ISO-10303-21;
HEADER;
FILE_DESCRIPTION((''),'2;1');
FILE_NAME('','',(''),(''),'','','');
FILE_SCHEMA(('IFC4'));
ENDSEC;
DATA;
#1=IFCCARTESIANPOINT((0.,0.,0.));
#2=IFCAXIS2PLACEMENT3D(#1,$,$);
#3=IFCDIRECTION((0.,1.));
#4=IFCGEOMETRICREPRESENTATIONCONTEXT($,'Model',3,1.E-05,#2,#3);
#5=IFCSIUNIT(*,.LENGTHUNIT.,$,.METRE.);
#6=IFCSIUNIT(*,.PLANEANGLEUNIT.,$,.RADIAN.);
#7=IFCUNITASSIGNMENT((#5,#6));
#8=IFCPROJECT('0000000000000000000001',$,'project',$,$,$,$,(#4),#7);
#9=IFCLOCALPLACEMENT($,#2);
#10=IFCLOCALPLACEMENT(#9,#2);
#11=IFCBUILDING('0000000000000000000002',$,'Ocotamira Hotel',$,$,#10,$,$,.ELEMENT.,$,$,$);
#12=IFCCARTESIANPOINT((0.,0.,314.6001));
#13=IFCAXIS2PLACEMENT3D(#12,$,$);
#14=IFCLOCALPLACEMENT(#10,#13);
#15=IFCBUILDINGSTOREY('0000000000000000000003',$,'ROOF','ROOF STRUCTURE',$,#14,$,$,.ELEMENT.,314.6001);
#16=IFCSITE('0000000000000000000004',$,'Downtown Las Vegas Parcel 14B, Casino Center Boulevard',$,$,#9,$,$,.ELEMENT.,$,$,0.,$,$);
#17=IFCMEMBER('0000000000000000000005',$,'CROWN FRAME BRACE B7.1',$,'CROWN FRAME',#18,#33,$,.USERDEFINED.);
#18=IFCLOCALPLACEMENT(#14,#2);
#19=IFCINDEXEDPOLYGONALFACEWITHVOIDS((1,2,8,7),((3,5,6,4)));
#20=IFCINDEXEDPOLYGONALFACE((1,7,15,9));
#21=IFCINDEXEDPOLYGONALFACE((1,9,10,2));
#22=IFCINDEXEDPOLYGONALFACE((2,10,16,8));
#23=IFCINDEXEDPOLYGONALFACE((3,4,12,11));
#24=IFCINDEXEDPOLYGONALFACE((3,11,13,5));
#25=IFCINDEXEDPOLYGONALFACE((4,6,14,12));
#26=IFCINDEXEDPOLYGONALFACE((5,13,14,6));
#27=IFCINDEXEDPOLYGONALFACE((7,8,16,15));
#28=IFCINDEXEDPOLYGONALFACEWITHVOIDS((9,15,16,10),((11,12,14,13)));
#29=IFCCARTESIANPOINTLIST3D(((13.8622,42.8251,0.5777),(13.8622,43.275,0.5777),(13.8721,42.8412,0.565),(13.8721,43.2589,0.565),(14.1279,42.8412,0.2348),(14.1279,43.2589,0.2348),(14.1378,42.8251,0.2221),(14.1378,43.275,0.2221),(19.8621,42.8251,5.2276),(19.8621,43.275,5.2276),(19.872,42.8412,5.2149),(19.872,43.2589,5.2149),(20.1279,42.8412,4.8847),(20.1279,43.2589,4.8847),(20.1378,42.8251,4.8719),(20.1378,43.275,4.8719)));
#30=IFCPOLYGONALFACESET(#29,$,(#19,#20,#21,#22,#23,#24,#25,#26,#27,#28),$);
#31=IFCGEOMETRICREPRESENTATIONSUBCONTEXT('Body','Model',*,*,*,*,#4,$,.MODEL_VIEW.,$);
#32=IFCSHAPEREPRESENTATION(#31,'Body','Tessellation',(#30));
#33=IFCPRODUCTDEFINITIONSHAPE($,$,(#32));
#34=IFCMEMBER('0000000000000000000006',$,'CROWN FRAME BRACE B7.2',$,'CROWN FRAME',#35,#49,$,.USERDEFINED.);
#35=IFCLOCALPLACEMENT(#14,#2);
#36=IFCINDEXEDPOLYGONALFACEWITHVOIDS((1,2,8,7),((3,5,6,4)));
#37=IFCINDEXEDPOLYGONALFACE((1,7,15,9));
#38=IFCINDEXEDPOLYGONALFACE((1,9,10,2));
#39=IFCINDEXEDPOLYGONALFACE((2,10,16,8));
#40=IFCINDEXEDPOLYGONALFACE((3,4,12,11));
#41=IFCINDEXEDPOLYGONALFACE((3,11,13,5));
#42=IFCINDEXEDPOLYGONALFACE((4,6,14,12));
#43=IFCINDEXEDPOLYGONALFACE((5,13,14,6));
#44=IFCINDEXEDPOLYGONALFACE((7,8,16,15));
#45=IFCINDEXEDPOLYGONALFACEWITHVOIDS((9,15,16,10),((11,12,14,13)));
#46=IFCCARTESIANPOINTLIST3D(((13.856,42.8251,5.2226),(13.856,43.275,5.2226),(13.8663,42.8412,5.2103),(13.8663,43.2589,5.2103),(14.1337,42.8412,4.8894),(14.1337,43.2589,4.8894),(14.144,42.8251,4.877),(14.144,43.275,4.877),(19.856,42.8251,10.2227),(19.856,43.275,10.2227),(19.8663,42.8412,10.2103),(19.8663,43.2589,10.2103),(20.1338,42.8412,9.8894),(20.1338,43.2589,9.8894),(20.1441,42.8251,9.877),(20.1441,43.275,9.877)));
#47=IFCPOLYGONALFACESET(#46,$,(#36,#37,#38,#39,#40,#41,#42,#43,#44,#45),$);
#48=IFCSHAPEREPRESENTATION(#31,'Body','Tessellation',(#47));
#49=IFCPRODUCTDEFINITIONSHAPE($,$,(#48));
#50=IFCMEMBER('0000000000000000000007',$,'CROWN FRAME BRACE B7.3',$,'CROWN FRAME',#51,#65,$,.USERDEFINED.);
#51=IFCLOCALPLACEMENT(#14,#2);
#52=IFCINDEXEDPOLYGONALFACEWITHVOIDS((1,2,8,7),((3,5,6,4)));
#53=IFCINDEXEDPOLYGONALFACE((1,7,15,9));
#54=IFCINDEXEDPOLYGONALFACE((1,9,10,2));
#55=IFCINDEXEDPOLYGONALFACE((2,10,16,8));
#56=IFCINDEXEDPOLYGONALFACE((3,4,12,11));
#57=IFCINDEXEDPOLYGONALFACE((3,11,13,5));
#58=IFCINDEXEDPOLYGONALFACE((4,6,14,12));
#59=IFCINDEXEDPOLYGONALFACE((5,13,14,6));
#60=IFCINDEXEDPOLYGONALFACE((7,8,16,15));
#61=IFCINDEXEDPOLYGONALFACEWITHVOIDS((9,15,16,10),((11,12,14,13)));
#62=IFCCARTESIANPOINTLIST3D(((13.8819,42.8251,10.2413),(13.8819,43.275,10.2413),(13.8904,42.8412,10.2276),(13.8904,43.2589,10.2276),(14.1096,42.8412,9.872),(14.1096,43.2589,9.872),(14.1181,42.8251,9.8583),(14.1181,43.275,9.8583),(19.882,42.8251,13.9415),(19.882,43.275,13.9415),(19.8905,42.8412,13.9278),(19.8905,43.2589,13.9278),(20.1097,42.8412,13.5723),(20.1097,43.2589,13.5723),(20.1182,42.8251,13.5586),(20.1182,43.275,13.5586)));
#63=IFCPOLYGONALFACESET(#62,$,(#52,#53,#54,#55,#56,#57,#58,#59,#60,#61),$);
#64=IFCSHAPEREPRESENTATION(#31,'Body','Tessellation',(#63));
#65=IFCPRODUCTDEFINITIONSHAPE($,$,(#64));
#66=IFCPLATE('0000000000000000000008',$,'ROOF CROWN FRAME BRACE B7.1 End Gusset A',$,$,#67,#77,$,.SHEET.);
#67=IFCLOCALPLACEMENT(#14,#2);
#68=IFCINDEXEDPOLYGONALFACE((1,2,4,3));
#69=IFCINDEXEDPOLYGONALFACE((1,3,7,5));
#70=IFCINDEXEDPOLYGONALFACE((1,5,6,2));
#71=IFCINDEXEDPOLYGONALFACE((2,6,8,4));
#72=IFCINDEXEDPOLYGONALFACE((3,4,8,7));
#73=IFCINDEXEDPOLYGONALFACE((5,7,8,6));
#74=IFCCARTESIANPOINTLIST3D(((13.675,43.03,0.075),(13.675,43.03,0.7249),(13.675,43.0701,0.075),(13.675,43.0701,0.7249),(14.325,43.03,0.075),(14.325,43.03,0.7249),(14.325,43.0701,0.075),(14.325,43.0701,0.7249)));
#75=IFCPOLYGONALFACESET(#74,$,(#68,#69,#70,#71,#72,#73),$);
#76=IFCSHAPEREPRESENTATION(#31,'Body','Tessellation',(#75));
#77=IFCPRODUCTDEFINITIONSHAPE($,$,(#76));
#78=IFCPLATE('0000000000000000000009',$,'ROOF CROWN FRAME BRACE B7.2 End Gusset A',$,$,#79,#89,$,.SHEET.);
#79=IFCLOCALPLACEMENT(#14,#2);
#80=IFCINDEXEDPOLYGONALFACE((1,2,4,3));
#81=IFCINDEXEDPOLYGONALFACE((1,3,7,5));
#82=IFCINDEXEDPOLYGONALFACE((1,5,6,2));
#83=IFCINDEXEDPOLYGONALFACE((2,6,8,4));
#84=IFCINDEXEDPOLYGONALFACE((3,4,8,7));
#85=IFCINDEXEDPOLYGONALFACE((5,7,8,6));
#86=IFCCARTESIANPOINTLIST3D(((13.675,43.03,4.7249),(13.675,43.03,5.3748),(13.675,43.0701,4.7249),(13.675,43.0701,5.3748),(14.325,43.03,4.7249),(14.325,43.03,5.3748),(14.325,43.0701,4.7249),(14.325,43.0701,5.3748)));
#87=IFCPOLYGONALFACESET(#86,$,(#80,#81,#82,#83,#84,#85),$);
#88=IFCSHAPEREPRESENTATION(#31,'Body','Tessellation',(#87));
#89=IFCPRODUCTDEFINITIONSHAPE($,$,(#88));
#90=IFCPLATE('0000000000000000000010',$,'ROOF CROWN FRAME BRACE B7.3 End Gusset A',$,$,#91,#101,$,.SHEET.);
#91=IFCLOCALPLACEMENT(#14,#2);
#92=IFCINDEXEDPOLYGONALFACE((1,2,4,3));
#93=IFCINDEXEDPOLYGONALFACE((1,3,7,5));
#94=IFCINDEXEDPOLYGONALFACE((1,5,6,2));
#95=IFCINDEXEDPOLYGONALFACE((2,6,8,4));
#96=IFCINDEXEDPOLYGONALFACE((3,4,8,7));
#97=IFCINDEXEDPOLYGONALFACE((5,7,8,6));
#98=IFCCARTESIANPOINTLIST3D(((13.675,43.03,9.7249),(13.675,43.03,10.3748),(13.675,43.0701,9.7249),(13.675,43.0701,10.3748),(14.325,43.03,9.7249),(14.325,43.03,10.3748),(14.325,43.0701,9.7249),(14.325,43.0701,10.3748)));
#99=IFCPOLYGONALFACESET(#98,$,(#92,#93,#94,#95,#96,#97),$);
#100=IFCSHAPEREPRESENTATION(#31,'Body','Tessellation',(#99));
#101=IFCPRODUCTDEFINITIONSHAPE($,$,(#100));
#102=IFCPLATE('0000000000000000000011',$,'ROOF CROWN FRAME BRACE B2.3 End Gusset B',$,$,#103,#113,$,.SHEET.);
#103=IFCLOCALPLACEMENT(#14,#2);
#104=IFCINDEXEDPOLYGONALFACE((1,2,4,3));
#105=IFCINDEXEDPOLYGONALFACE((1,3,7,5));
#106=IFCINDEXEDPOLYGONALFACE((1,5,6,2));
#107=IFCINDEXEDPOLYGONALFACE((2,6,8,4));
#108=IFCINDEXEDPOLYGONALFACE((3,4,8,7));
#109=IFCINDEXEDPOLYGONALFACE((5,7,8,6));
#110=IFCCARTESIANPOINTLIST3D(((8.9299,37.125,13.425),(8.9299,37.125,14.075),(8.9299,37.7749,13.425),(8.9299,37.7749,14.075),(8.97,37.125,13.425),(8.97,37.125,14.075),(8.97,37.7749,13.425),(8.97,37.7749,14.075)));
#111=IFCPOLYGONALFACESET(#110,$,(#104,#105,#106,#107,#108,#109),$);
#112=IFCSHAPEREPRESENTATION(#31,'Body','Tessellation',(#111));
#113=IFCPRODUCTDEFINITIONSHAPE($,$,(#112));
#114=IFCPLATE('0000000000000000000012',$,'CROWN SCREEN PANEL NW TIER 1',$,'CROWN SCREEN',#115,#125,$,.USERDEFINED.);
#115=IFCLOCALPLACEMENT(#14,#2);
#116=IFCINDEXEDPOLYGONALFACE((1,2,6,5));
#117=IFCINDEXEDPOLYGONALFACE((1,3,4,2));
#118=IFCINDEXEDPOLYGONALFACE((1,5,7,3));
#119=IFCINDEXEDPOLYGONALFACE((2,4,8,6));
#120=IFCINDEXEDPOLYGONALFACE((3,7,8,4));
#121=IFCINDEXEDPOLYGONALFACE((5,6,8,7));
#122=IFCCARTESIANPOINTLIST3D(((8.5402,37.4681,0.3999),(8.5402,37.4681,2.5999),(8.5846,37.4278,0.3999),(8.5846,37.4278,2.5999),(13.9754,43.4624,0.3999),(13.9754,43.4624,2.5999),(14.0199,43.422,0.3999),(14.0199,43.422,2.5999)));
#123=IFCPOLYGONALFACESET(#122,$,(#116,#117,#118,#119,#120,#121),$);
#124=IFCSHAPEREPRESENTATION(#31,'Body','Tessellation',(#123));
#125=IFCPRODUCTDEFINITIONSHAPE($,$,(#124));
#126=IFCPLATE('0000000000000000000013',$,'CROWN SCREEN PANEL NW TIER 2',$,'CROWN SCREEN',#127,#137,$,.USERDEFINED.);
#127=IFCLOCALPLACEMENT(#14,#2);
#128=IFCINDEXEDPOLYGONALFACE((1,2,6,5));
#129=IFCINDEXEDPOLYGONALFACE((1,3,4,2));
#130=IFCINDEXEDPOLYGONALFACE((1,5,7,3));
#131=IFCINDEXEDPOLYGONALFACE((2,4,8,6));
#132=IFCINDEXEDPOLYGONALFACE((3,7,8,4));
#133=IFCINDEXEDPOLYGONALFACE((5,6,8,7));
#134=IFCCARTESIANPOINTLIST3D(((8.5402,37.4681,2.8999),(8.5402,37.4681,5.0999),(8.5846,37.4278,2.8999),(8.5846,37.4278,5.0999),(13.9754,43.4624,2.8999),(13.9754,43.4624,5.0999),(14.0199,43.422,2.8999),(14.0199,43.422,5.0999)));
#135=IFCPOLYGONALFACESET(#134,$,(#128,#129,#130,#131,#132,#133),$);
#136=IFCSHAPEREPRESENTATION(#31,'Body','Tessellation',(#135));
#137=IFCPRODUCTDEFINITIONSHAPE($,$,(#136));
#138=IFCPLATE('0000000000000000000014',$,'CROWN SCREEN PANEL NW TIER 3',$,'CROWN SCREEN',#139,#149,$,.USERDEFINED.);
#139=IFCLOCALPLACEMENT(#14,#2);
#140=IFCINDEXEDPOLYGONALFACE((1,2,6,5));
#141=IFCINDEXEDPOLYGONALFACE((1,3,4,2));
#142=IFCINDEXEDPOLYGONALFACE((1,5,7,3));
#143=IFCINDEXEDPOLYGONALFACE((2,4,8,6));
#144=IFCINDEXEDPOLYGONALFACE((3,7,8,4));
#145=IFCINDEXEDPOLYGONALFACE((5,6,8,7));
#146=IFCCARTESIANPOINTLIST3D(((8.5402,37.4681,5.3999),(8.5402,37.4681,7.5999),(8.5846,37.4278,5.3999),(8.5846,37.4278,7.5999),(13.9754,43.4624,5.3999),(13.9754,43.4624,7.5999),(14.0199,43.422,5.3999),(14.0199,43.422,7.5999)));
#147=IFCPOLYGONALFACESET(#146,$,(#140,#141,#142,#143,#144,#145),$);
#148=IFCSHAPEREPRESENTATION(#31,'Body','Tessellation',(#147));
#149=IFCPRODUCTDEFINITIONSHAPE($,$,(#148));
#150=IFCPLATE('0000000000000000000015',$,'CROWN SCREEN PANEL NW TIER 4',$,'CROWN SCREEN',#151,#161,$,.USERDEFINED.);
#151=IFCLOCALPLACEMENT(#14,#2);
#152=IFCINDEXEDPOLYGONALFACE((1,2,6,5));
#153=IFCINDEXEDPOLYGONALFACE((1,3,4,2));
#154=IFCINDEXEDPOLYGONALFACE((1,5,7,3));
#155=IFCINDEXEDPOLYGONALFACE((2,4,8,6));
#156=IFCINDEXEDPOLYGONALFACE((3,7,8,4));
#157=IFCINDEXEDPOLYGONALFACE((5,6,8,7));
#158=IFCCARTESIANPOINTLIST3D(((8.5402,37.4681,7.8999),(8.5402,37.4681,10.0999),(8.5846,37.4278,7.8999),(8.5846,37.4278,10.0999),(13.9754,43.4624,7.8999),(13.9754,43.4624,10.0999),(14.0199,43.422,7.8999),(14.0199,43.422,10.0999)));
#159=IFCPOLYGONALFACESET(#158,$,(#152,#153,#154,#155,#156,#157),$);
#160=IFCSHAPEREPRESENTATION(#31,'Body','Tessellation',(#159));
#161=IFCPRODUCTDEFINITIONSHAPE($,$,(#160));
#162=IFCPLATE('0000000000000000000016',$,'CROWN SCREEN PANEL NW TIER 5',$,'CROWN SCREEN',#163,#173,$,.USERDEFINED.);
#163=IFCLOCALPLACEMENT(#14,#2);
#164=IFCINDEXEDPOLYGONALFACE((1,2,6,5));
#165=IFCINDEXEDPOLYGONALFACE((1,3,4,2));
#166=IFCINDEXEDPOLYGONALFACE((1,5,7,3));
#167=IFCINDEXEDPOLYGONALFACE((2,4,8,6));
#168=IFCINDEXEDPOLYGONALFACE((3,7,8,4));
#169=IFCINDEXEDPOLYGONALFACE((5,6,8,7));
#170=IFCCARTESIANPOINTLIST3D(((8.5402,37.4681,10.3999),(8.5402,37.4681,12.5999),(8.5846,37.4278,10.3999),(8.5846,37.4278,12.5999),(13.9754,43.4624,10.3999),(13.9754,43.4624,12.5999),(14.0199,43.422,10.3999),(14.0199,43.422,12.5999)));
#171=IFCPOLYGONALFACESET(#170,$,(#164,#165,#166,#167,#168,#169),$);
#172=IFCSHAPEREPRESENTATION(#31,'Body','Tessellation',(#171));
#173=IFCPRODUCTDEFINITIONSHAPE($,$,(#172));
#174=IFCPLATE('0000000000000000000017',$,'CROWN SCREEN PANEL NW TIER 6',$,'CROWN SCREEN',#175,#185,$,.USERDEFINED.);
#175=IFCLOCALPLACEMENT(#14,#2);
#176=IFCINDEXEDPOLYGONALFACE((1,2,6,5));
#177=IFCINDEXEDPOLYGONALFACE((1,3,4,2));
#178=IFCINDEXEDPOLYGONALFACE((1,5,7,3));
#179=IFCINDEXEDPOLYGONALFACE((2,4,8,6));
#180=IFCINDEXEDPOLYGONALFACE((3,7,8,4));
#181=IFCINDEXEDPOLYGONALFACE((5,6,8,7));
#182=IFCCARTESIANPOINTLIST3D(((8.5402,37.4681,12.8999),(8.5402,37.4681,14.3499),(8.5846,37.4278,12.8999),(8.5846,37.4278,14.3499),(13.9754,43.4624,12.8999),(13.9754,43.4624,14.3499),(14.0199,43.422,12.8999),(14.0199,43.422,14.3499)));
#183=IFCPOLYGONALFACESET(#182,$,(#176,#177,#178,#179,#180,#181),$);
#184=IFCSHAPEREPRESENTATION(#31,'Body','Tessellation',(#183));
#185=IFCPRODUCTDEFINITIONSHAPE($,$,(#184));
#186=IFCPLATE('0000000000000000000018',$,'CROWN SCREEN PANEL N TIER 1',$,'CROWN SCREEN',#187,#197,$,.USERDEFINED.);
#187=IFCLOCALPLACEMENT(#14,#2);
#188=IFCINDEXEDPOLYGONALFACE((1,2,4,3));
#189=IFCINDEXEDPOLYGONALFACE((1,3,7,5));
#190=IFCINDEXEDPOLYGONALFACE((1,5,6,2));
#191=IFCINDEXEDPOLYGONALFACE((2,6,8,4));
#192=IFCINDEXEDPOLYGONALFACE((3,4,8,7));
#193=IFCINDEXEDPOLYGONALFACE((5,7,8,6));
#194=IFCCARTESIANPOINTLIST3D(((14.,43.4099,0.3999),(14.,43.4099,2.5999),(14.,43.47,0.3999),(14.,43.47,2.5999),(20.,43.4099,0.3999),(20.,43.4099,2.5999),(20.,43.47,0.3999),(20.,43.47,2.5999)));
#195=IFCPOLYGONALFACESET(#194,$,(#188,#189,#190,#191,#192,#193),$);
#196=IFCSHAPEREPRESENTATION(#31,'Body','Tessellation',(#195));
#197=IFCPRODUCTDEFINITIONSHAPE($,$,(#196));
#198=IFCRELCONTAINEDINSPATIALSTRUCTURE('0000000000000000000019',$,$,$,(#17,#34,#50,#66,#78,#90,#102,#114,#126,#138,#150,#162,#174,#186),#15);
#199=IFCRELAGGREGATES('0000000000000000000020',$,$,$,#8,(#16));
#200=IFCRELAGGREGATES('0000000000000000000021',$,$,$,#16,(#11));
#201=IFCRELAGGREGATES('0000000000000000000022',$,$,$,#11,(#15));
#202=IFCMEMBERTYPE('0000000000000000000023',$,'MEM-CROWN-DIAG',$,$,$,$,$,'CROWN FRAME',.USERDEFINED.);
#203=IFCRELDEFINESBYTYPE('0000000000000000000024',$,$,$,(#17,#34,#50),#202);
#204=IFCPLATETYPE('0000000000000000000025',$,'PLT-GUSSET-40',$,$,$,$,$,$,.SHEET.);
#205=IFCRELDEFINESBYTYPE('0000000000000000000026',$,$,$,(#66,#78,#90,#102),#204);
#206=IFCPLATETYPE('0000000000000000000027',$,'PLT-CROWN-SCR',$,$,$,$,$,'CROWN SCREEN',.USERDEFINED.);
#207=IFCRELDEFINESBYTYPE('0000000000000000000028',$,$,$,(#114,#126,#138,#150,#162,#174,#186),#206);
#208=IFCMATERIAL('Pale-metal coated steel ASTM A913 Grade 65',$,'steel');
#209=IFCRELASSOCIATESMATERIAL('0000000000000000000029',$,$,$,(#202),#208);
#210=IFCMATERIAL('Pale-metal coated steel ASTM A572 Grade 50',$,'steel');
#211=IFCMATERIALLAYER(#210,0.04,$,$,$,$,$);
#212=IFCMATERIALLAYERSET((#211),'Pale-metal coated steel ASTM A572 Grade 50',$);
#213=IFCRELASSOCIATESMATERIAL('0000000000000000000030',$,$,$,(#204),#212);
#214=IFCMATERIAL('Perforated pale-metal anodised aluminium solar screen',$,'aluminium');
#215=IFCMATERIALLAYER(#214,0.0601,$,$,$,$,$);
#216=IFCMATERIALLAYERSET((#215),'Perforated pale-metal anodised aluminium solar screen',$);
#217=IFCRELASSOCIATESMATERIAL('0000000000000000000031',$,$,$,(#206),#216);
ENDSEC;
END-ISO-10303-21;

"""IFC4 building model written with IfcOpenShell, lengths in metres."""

from ifc_helpers import new_model, si_unit, direction, frame, origin, origin_2d, place, context, subcontext, project, spatial, rectangle, hollow_rectangle, extrude, source, transform, mapped, material, layer, layer_set, material_profile, profile_set, type_object, element, save


model = new_model("IFC4")

# Units and contexts
model_context = context("Model", 3, precision=1e-05, world=origin(), true_north=direction((0.0, 1.0)))
body_context = subcontext(model_context, "Body", "Model", "MODEL_VIEW")
ifc_project = project(units=[si_unit("LENGTHUNIT", "METRE"), si_unit("PLANEANGLEUNIT", "RADIAN")], contexts=[model_context])

# Site, building, storey
site_placement = place(None, origin())
site = spatial("IfcSite", under=ifc_project, at=site_placement, Name="Downtown Las Vegas Parcel 14B, Casino Center Boulevard", CompositionType="ELEMENT", RefElevation=0.0)
building_placement = place(site_placement, origin())
building = spatial("IfcBuilding", under=site, at=building_placement, Name="Ocotamira Hotel", CompositionType="ELEMENT")
storey_placement = place(building_placement, frame((0.0, 0.0, 314.6001)))
storey = spatial("IfcBuildingStorey", under=building, at=storey_placement, Name="ROOF", Description="ROOF STRUCTURE", CompositionType="ELEMENT", Elevation=314.6001)

# Shared definitions
ifc_material_1 = material(Name="Pale-metal coated steel ASTM A913 Grade 65", Category="steel")

# Members
ifc_material_profile_1 = material_profile(ifc_material_1, hollow_rectangle(XDim=0.45, YDim=0.45, WallThickness=0.0161, at=origin_2d()), Name="HSS450X450X16")
ifc_profile_set_1 = profile_set([ifc_material_profile_1], Name="Pale-metal coated steel ASTM A913 Grade 65")
member_type = type_object("IfcMemberType", Name="MEM-CROWN-DIAG", ElementType="CROWN FRAME", PredefinedType="USERDEFINED", material=ifc_profile_set_1)
shared_shape_1 = source(origin(), body_context, "Body", "SweptSolid", [
    extrude(hollow_rectangle(XDim=0.45, YDim=0.45, WallThickness=0.0161, at=origin_2d()), origin(), (0.0, 0.0, 1.0), 7.5908),
])
member_1_placement = place(storey_placement, frame((14.0, 43.05, 0.3999), z_axis=(0.790421, 0.0, 0.612564), x_axis=(0.0, 1.0, 0.0)))
element("IfcMember", 1, at=member_1_placement, inside=storey, type_object=member_type, Name="CROWN FRAME BRACE B7.1", ObjectType="CROWN FRAME", PredefinedType="USERDEFINED", context=body_context, shape_type="MappedRepresentation", body=[
    mapped(shared_shape_1, transform((0.0, 0.0, 0.0), scale=1.0)),
])
shared_shape_2 = source(origin(), body_context, "Body", "SweptSolid", [
    extrude(hollow_rectangle(XDim=0.45, YDim=0.45, WallThickness=0.0161, at=origin_2d()), origin(), (0.0, 0.0, 1.0), 7.8103),
])
member_2_placement = place(storey_placement, frame((14.0, 43.05, 5.0498), z_axis=(0.768221, 0.0, 0.640184), x_axis=(0.0, 1.0, 0.0)))
element("IfcMember", 2, at=member_2_placement, inside=storey, type_object=member_type, Name="CROWN FRAME BRACE B7.2", ObjectType="CROWN FRAME", PredefinedType="USERDEFINED", context=body_context, shape_type="MappedRepresentation", body=[
    mapped(shared_shape_2, transform((0.0, 0.0, 0.0), scale=1.0)),
])
shared_shape_3 = source(origin(), body_context, "Body", "SweptSolid", [
    extrude(hollow_rectangle(XDim=0.45, YDim=0.45, WallThickness=0.0161, at=origin_2d()), origin(), (0.0, 0.0, 1.0), 7.0493),
])
member_3_placement = place(storey_placement, frame((14.0, 43.05, 10.0498), z_axis=(0.851158, 0.0, 0.524909), x_axis=(0.0, 1.0, 0.0)))
element("IfcMember", 3, at=member_3_placement, inside=storey, type_object=member_type, Name="CROWN FRAME BRACE B7.3", ObjectType="CROWN FRAME", PredefinedType="USERDEFINED", context=body_context, shape_type="MappedRepresentation", body=[
    mapped(shared_shape_3, transform((0.0, 0.0, 0.0), scale=1.0)),
])

# Plates
ifc_material_2 = material(Name="Pale-metal coated steel ASTM A572 Grade 50", Category="steel")
ifc_layer_1 = layer(ifc_material_2, 0.04)
ifc_layer_set_1 = layer_set([ifc_layer_1], Name="Pale-metal coated steel ASTM A572 Grade 50")
plate_type_1 = type_object("IfcPlateType", Name="PLT-GUSSET-40", PredefinedType="SHEET", material=ifc_layer_set_1)
shared_shape_4 = source(origin(), body_context, "Body", "SweptSolid", [
    extrude(rectangle(XDim=0.6499, YDim=0.04, at=origin_2d()), origin(), (0.0, 0.0, 1.0), 0.6499),
])
for number, where, z_axis, x_axis, name in (
    (4, (14.0, 43.05, 0.075), (0.0, 0.0, 1.0), (1.0, 0.0, 0.0), "ROOF CROWN FRAME BRACE B7.1 End Gusset A"),
    (5, (14.0, 43.05, 4.7249), (0.0, 0.0, 1.0), (1.0, 0.0, 0.0), "ROOF CROWN FRAME BRACE B7.2 End Gusset A"),
    (6, (14.0, 43.05, 9.7249), (0.0, 0.0, 1.0), (1.0, 0.0, 0.0), "ROOF CROWN FRAME BRACE B7.3 End Gusset A"),
):
    element("IfcPlate", number, at=place(storey_placement, frame(where, z_axis=z_axis, x_axis=x_axis)), inside=storey, type_object=plate_type_1, Name=name, PredefinedType="SHEET", context=body_context, shape_type="MappedRepresentation", body=[
        mapped(shared_shape_4, transform((0.0, 0.0, 0.0), scale=1.0)),
    ])
shared_shape_5 = source(origin(), body_context, "Body", "SweptSolid", [
    extrude(rectangle(XDim=0.04, YDim=0.6499, at=origin_2d()), origin(), (0.0, 0.0, 1.0), 0.6499),
])
plate_1_placement = place(storey_placement, frame((8.95, 37.45, 13.425), z_axis=(0.0, 0.0, 1.0), x_axis=(1.0, 0.0, 0.0)))
element("IfcPlate", 7, at=plate_1_placement, inside=storey, type_object=plate_type_1, Name="ROOF CROWN FRAME BRACE B2.3 End Gusset B", PredefinedType="SHEET", context=body_context, shape_type="MappedRepresentation", body=[
    mapped(shared_shape_5, transform((0.0, 0.0, 0.0), scale=1.0)),
])
ifc_material_3 = material(Name="Perforated pale-metal anodised aluminium solar screen", Category="aluminium")
ifc_layer_2 = layer(ifc_material_3, 0.0601)
ifc_layer_set_2 = layer_set([ifc_layer_2], Name="Perforated pale-metal anodised aluminium solar screen")
plate_type_2 = type_object("IfcPlateType", Name="PLT-CROWN-SCR", ElementType="CROWN SCREEN", PredefinedType="USERDEFINED", material=ifc_layer_set_2)
shared_shape_6 = source(origin(), body_context, "Body", "SweptSolid", [
    extrude(rectangle(XDim=8.0916, YDim=0.0601, at=origin_2d()), origin(), (0.0, 0.0, 1.0), 2.2),
])
for number, where, z_axis, x_axis, name in (
    (8, (11.28, 40.4451, 0.3999), (0.0, 0.0, 1.0), (0.671721, 0.740805, 0.0), "CROWN SCREEN PANEL NW TIER 1"),
    (9, (11.28, 40.4451, 2.8999), (0.0, 0.0, 1.0), (0.671721, 0.740805, 0.0), "CROWN SCREEN PANEL NW TIER 2"),
    (10, (11.28, 40.4451, 5.3999), (0.0, 0.0, 1.0), (0.671721, 0.740805, 0.0), "CROWN SCREEN PANEL NW TIER 3"),
    (11, (11.28, 40.4451, 7.8999), (0.0, 0.0, 1.0), (0.671721, 0.740805, 0.0), "CROWN SCREEN PANEL NW TIER 4"),
    (12, (11.28, 40.4451, 10.3999), (0.0, 0.0, 1.0), (0.671721, 0.740805, 0.0), "CROWN SCREEN PANEL NW TIER 5"),
):
    element("IfcPlate", number, at=place(storey_placement, frame(where, z_axis=z_axis, x_axis=x_axis)), inside=storey, type_object=plate_type_2, Name=name, ObjectType="CROWN SCREEN", PredefinedType="USERDEFINED", context=body_context, shape_type="MappedRepresentation", body=[
        mapped(shared_shape_6, transform((0.0, 0.0, 0.0), scale=1.0)),
    ])
shared_shape_7 = source(origin(), body_context, "Body", "SweptSolid", [
    extrude(rectangle(XDim=8.0916, YDim=0.0601, at=origin_2d()), origin(), (0.0, 0.0, 1.0), 1.45),
])
plate_2_placement = place(storey_placement, frame((11.28, 40.4451, 12.8999), z_axis=(0.0, 0.0, 1.0), x_axis=(0.671721, 0.740805, 0.0)))
element("IfcPlate", 13, at=plate_2_placement, inside=storey, type_object=plate_type_2, Name="CROWN SCREEN PANEL NW TIER 6", ObjectType="CROWN SCREEN", PredefinedType="USERDEFINED", context=body_context, shape_type="MappedRepresentation", body=[
    mapped(shared_shape_7, transform((0.0, 0.0, 0.0), scale=1.0)),
])
shared_shape_8 = source(origin(), body_context, "Body", "SweptSolid", [
    extrude(rectangle(XDim=6.0, YDim=0.0601, at=origin_2d()), origin(), (0.0, 0.0, 1.0), 2.2),
])
for number, where, z_axis, x_axis, name in (
    (14, (17.0, 43.4399, 0.3999), (0.0, 0.0, 1.0), (1.0, 0.0, 0.0), "CROWN SCREEN PANEL N TIER 1"),
):
    element("IfcPlate", number, at=place(storey_placement, frame(where, z_axis=z_axis, x_axis=x_axis)), inside=storey, type_object=plate_type_2, Name=name, ObjectType="CROWN SCREEN", PredefinedType="USERDEFINED", context=body_context, shape_type="MappedRepresentation", body=[
        mapped(shared_shape_8, transform((0.0, 0.0, 0.0), scale=1.0)),
    ])

save(model, "model.ifc")
